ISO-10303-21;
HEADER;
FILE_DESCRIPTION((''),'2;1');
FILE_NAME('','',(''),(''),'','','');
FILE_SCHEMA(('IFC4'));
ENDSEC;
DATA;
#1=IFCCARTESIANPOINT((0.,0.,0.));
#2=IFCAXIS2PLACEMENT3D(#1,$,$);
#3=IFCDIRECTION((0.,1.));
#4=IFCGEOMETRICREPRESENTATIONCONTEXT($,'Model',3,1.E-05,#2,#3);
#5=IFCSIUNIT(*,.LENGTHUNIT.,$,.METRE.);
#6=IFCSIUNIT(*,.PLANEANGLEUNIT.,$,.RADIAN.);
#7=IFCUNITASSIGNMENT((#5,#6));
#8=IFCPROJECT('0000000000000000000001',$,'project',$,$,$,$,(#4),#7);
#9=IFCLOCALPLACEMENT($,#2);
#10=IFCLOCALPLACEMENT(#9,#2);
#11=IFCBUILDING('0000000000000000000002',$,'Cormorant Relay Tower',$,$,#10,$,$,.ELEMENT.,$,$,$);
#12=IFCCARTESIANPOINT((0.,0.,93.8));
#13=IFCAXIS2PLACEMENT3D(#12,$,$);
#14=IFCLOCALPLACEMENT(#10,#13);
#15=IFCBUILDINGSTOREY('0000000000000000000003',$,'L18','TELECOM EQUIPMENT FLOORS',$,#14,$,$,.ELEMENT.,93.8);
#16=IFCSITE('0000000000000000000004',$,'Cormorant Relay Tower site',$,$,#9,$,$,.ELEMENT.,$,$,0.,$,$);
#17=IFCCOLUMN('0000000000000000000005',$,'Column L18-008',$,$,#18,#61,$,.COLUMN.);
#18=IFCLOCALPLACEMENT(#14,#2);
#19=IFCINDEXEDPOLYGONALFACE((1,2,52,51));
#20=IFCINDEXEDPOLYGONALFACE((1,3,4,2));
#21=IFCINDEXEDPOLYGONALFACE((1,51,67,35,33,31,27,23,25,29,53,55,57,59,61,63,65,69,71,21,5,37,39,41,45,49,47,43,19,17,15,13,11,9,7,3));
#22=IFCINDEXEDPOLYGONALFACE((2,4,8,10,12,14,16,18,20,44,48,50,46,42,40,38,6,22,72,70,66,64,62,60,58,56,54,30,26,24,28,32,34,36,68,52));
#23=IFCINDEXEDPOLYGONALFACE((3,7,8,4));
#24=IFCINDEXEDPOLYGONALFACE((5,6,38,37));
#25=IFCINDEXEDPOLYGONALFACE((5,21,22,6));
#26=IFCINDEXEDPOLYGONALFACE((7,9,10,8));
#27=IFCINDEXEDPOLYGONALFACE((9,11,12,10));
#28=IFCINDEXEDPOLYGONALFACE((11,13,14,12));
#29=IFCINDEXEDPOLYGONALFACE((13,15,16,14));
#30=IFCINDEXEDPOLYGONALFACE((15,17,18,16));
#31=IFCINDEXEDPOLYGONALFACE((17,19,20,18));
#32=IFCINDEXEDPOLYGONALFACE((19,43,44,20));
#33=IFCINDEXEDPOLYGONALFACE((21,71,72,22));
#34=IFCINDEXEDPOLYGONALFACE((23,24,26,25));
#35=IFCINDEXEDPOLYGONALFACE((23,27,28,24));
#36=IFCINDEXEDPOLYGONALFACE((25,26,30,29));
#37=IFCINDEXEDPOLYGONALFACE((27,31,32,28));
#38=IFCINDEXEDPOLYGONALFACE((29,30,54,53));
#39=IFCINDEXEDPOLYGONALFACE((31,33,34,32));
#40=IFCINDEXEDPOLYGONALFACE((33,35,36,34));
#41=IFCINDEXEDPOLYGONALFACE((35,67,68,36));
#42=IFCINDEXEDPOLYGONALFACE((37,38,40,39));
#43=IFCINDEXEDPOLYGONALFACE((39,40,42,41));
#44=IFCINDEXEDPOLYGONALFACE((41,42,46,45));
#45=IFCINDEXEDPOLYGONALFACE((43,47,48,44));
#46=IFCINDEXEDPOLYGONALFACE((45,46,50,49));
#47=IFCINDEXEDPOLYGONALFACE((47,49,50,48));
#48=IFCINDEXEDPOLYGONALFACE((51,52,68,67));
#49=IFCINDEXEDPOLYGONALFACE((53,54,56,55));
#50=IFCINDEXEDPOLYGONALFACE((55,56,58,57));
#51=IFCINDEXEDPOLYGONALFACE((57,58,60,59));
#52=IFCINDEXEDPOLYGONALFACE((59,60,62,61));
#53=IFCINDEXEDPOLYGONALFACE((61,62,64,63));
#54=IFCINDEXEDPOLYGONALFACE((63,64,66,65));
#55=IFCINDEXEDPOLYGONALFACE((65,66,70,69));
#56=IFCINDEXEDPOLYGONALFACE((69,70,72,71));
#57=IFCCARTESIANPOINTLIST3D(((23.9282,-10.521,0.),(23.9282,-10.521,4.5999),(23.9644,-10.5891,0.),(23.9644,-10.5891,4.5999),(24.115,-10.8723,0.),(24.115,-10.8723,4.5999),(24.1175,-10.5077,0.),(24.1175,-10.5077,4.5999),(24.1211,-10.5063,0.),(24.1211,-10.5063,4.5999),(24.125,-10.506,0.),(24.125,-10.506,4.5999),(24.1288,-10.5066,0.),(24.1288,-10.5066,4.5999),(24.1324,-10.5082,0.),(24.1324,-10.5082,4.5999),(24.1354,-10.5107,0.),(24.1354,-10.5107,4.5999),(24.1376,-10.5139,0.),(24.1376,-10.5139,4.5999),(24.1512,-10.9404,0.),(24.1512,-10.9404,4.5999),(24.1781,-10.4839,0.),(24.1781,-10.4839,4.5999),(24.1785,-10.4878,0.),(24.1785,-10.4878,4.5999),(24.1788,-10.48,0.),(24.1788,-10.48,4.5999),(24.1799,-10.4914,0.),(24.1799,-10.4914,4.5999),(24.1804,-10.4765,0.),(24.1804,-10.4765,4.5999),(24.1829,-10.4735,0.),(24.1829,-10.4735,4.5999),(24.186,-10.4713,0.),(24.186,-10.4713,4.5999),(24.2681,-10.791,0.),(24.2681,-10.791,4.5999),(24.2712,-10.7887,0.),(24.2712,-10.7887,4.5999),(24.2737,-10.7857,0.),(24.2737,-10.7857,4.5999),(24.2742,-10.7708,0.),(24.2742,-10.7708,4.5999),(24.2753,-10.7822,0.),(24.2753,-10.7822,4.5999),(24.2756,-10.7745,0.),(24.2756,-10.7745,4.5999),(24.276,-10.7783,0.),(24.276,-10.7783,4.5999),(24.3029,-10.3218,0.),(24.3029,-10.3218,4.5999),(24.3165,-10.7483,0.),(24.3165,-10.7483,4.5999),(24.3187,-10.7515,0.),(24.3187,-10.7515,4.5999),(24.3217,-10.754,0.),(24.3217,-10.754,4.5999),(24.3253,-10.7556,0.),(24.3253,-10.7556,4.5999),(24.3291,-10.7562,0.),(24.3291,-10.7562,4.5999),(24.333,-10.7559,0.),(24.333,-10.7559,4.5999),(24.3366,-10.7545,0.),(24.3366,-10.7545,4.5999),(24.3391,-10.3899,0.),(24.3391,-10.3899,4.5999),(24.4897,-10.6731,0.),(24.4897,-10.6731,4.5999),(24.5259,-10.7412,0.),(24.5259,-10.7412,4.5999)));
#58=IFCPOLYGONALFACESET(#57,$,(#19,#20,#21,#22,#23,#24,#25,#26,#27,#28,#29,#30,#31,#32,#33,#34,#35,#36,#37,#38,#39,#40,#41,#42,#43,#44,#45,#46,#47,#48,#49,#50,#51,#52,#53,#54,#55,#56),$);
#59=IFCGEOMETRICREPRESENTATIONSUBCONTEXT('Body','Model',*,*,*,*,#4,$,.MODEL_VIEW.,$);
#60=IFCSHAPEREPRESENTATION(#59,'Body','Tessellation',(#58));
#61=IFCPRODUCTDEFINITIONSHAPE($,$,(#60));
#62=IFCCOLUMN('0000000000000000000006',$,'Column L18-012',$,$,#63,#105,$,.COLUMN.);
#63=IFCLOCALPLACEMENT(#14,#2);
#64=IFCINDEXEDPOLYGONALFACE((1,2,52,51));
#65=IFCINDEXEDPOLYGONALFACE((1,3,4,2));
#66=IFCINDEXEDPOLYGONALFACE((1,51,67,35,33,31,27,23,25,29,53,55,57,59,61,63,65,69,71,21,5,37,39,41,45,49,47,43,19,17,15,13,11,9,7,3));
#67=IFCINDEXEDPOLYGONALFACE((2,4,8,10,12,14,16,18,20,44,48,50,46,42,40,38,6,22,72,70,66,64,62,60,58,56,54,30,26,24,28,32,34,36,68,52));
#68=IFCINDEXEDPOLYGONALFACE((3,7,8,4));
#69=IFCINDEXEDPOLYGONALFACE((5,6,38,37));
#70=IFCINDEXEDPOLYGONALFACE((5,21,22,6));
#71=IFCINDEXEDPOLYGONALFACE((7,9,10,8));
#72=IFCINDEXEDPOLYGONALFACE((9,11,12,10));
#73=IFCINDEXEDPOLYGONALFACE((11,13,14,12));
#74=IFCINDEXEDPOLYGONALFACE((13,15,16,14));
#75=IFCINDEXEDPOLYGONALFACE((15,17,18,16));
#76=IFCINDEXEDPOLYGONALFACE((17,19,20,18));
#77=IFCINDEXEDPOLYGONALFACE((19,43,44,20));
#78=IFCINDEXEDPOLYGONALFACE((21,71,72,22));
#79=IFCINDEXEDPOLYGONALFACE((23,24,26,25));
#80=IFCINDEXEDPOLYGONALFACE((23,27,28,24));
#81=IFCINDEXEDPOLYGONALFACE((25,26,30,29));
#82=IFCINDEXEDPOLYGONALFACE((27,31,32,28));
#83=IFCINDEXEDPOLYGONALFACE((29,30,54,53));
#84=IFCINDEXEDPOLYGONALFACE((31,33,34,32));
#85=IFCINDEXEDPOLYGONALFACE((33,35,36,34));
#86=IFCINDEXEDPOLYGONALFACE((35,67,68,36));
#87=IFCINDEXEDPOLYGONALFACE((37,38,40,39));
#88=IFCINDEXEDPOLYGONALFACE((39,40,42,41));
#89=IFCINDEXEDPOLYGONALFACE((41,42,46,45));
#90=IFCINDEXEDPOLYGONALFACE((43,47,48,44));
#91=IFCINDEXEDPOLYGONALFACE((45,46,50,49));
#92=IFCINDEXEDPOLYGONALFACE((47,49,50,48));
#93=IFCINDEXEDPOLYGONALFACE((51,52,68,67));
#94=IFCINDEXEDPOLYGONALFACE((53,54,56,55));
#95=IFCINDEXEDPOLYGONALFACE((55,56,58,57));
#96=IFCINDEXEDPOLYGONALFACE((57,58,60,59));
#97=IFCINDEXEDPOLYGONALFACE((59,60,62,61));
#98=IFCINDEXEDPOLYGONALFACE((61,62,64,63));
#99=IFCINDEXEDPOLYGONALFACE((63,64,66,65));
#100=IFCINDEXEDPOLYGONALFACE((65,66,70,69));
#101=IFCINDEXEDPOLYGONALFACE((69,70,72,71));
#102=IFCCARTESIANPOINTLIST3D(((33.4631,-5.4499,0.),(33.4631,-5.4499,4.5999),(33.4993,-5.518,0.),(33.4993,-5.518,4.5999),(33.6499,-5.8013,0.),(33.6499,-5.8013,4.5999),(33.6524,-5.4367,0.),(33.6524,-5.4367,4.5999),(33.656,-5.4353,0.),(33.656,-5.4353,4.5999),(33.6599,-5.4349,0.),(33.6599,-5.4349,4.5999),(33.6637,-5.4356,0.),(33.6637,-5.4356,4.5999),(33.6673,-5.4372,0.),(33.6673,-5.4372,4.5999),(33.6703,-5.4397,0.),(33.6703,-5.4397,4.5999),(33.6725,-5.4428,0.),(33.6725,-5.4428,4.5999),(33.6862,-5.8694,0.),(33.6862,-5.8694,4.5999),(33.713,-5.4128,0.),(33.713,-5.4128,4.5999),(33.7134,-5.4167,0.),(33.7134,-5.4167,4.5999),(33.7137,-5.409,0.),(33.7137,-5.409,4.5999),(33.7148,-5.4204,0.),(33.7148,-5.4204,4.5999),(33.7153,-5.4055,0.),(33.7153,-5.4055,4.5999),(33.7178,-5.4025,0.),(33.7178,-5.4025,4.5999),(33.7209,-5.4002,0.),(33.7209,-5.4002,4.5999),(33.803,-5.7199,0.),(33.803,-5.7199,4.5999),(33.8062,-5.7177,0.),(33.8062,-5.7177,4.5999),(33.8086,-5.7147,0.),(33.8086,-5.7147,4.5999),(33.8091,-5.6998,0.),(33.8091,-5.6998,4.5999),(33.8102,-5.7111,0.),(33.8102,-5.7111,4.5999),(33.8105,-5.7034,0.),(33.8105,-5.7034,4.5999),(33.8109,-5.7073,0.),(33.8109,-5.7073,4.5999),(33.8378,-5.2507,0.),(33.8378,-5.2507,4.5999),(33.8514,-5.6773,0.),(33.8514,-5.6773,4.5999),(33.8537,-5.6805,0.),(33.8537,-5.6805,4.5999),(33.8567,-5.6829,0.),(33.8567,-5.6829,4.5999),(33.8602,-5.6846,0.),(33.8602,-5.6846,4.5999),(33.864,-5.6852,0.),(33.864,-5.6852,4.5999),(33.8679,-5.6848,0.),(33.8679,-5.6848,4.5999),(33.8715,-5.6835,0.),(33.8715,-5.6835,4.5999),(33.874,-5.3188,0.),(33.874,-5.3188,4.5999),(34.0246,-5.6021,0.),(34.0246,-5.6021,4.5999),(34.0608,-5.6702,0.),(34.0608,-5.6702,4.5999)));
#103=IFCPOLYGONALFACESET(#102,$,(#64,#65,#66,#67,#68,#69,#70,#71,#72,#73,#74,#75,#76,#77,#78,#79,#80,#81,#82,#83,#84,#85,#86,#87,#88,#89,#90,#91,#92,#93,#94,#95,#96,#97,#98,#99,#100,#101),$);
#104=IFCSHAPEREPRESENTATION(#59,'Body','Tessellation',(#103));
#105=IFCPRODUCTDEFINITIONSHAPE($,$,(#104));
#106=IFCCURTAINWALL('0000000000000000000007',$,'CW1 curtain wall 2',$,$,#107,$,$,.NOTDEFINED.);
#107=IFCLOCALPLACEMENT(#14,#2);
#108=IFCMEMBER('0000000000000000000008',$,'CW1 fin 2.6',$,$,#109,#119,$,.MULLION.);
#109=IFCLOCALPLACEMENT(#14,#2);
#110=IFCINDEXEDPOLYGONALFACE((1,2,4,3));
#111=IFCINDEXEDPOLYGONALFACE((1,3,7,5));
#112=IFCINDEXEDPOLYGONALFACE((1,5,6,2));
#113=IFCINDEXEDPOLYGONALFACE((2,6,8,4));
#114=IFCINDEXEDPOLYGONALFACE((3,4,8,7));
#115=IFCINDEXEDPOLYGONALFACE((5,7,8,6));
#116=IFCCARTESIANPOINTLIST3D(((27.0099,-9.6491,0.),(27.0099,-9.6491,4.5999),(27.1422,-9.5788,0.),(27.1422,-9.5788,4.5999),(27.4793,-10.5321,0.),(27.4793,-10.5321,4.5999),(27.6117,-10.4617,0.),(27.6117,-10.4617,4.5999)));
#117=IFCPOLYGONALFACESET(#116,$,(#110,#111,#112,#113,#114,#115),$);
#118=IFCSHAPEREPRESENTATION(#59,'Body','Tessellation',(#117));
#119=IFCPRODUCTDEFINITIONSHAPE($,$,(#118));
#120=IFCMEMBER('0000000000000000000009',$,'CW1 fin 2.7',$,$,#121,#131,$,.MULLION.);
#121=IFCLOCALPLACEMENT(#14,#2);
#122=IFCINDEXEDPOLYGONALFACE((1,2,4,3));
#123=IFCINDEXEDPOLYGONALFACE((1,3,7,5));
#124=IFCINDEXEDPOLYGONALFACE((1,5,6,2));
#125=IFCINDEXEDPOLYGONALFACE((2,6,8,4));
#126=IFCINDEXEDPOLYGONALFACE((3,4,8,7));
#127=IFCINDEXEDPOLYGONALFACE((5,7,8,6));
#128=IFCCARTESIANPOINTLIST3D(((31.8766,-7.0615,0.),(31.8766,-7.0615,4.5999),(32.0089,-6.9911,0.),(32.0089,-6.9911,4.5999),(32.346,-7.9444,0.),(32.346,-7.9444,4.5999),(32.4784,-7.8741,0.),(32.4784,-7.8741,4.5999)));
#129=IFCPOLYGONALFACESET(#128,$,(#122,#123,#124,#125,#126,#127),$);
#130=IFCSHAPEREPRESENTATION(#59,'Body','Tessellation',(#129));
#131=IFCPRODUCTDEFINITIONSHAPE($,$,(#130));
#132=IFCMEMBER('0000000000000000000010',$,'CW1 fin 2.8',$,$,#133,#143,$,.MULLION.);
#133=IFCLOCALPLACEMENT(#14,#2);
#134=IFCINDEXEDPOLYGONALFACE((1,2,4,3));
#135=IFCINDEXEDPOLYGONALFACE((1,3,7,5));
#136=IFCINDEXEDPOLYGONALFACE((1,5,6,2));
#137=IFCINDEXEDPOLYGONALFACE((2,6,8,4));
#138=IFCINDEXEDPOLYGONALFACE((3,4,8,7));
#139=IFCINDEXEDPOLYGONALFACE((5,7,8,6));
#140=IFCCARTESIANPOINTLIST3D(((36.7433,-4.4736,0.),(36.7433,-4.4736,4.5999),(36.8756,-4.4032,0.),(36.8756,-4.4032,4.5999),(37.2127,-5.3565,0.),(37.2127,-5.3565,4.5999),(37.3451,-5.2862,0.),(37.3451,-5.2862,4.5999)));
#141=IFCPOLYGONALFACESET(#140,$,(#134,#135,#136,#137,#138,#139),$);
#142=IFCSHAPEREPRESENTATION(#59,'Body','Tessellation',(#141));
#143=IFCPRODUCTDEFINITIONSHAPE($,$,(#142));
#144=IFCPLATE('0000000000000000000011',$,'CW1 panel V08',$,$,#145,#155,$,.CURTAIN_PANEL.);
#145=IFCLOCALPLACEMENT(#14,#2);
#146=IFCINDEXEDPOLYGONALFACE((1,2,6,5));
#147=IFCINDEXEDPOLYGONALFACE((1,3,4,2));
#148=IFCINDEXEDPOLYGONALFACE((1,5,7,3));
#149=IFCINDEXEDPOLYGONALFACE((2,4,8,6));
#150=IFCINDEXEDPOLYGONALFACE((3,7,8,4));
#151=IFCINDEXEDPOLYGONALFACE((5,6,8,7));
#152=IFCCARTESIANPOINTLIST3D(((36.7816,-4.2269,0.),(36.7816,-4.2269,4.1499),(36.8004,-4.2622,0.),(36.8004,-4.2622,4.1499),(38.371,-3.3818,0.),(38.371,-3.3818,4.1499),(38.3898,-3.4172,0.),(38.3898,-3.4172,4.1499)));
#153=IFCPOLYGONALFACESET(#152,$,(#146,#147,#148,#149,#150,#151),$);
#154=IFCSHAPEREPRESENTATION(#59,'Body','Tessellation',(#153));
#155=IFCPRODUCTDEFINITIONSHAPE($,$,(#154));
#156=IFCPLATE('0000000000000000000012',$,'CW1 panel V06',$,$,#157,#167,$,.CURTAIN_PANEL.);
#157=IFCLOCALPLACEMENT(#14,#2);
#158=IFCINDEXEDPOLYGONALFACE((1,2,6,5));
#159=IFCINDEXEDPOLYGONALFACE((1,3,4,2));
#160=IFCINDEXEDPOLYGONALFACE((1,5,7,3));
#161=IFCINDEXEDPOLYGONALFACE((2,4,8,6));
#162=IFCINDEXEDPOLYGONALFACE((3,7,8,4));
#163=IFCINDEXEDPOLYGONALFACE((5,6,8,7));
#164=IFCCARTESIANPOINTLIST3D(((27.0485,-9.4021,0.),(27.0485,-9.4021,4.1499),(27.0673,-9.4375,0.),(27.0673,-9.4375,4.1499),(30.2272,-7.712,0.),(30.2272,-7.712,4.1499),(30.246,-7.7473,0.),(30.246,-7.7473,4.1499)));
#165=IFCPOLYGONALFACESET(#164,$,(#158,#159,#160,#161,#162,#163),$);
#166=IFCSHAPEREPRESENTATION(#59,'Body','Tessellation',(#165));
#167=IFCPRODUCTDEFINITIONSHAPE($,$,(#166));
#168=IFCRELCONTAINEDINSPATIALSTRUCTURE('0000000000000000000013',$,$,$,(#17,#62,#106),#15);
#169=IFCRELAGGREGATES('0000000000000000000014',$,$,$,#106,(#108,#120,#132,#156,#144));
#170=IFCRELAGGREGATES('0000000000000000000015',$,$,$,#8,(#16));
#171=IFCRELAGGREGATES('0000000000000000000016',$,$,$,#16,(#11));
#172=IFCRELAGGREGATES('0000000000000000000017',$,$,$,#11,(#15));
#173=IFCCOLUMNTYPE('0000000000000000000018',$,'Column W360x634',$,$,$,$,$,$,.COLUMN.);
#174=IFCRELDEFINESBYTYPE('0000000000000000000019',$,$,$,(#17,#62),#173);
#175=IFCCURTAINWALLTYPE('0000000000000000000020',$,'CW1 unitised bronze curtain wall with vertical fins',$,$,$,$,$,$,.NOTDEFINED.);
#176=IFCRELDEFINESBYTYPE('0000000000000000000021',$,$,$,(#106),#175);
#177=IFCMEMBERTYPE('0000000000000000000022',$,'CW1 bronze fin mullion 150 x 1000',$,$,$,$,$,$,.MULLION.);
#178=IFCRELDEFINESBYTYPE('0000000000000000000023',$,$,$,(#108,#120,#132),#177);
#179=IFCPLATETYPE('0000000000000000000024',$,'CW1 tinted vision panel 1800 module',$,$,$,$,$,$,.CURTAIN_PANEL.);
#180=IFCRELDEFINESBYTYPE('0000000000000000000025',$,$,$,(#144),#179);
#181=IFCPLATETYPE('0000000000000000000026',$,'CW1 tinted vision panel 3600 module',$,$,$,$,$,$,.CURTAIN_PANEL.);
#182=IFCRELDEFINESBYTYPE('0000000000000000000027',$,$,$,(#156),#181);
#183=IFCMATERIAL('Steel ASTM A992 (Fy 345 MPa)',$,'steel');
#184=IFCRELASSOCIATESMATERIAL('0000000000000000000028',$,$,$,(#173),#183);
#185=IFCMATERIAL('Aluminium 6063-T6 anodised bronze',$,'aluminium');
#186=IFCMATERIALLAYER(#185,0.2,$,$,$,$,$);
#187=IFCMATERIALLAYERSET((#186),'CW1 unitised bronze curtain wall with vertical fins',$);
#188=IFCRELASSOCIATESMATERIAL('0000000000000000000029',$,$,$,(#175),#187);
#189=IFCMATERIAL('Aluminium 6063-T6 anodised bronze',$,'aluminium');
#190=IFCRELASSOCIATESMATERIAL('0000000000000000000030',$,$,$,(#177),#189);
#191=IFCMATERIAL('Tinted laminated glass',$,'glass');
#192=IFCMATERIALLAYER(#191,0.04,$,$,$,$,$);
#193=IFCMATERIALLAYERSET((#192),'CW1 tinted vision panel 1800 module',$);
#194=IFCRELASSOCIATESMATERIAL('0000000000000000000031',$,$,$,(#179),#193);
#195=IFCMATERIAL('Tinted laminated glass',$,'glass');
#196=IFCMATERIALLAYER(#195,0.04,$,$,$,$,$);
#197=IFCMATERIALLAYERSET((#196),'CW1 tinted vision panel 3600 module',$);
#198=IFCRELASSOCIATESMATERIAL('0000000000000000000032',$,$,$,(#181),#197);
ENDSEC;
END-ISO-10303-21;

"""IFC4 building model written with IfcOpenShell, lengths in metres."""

from ifc_helpers import new_model, si_unit, direction, frame, origin, origin_2d, place, context, subcontext, project, spatial, rectangle, i_section, extrude, material, layer, layer_set, material_profile, profile_set, type_object, element, aggregate, save


model = new_model("IFC4")

# Units and contexts
model_context = context("Model", 3, precision=1e-05, world=origin(), true_north=direction((0.0, 1.0)))
body_context = subcontext(model_context, "Body", "Model", "MODEL_VIEW")
ifc_project = project(units=[si_unit("LENGTHUNIT", "METRE"), si_unit("PLANEANGLEUNIT", "RADIAN")], contexts=[model_context])

# Site, building, storey
site_placement = place(None, origin())
site = spatial("IfcSite", under=ifc_project, at=site_placement, Name="Cormorant Relay Tower site", CompositionType="ELEMENT", RefElevation=0.0)
building_placement = place(site_placement, origin())
building = spatial("IfcBuilding", under=site, at=building_placement, Name="Cormorant Relay Tower", CompositionType="ELEMENT")
storey_placement = place(building_placement, frame((0.0, 0.0, 93.8)))
storey = spatial("IfcBuildingStorey", under=building, at=storey_placement, Name="L18", Description="TELECOM EQUIPMENT FLOORS", CompositionType="ELEMENT", Elevation=93.8)

# Columns
ifc_material_1 = material(Name="Steel ASTM A992 (Fy 345 MPa)", Category="steel")
ifc_material_profile_1 = material_profile(ifc_material_1, i_section(OverallWidth=0.4243, OverallDepth=0.4751, WebThickness=0.0479, FlangeThickness=0.0771, FilletRadius=0.0149, at=origin_2d()), Name="W360x634")
ifc_profile_set_1 = profile_set([ifc_material_profile_1], Name="Steel ASTM A992 (Fy 345 MPa)")
column_type = type_object("IfcColumnType", Name="Column W360x634", PredefinedType="COLUMN", material=ifc_profile_set_1)
for number, where, z_axis, x_axis, name in (
    (1, (24.2271, -10.6311, 0.0), (0.0, 0.0, 1.0), (0.882948, 0.469472, 0.0), "Column L18-008"),
    (2, (33.762, -5.5601, 0.0), (0.0, 0.0, 1.0), (0.882948, 0.469472, 0.0), "Column L18-012"),
):
    element("IfcColumn", number, at=place(storey_placement, frame(where, z_axis=z_axis, x_axis=x_axis)), inside=storey, type_object=column_type, Name=name, PredefinedType="COLUMN", context=body_context, shape_type="SweptSolid", body=[
        extrude(i_section(OverallWidth=0.4243, OverallDepth=0.4751, WebThickness=0.0479, FlangeThickness=0.0771, FilletRadius=0.0149, at=origin_2d()), origin(), (0.0, 0.0, 1.0), 4.5999),
    ])

# Curtain wall, members, plates
ifc_material_2 = material(Name="Aluminium 6063-T6 anodised bronze", Category="aluminium")
ifc_layer_1 = layer(ifc_material_2, 0.2)
ifc_layer_set_1 = layer_set([ifc_layer_1], Name="CW1 unitised bronze curtain wall with vertical fins")
curtain_wall_type = type_object("IfcCurtainWallType", Name="CW1 unitised bronze curtain wall with vertical fins", PredefinedType="NOTDEFINED", material=ifc_layer_set_1)
curtain_wall_placement = place(storey_placement, origin())
curtain_wall = element("IfcCurtainWall", 3, at=curtain_wall_placement, inside=storey, type_object=curtain_wall_type, Name="CW1 curtain wall 2", PredefinedType="NOTDEFINED")
ifc_material_3 = material(Name="Aluminium 6063-T6 anodised bronze", Category="aluminium")
ifc_material_profile_2 = material_profile(ifc_material_3, rectangle(XDim=0.1499, YDim=1.0, at=origin_2d()), Name="AL 150x1000")
ifc_profile_set_2 = profile_set([ifc_material_profile_2], Name="Aluminium 6063-T6 anodised bronze")
member_type = type_object("IfcMemberType", Name="CW1 bronze fin mullion 150 x 1000", PredefinedType="MULLION", material=ifc_profile_set_2)
member_1_placement = place(storey_placement, frame((27.3108, -10.0554, 0.0), z_axis=(0.0, 0.0, 1.0), x_axis=(0.882948, 0.469472, 0.0)))
member_1 = element("IfcMember", 4, at=member_1_placement, type_object=member_type, Name="CW1 fin 2.6", PredefinedType="MULLION", context=body_context, shape_type="SweptSolid", body=[
    extrude(rectangle(XDim=0.1499, YDim=1.0, at=origin_2d()), origin(), (0.0, 0.0, 1.0), 4.5999),
])
member_2_placement = place(storey_placement, frame((32.1775, -7.4678, 0.0), z_axis=(0.0, 0.0, 1.0), x_axis=(0.882948, 0.469472, 0.0)))
member_2 = element("IfcMember", 5, at=member_2_placement, type_object=member_type, Name="CW1 fin 2.7", PredefinedType="MULLION", context=body_context, shape_type="SweptSolid", body=[
    extrude(rectangle(XDim=0.1499, YDim=1.0, at=origin_2d()), origin(), (0.0, 0.0, 1.0), 4.5999),
])
member_3_placement = place(storey_placement, frame((37.0442, -4.8799, 0.0), z_axis=(0.0, 0.0, 1.0), x_axis=(0.882948, 0.469472, 0.0)))
member_3 = element("IfcMember", 6, at=member_3_placement, type_object=member_type, Name="CW1 fin 2.8", PredefinedType="MULLION", context=body_context, shape_type="SweptSolid", body=[
    extrude(rectangle(XDim=0.1499, YDim=1.0, at=origin_2d()), origin(), (0.0, 0.0, 1.0), 4.5999),
])
ifc_material_4 = material(Name="Tinted laminated glass", Category="glass")
ifc_layer_2 = layer(ifc_material_4, 0.04)
ifc_layer_set_2 = layer_set([ifc_layer_2], Name="CW1 tinted vision panel 1800 module")
plate_type_1 = type_object("IfcPlateType", Name="CW1 tinted vision panel 1800 module", PredefinedType="CURTAIN_PANEL", material=ifc_layer_set_2)
plate_1_placement = place(storey_placement, frame((37.5857, -3.822, 0.0), z_axis=(0.0, 0.0, 1.0), x_axis=(0.882948, 0.469472, 0.0)))
plate_1 = element("IfcPlate", 7, at=plate_1_placement, type_object=plate_type_1, Name="CW1 panel V08", PredefinedType="CURTAIN_PANEL", context=body_context, shape_type="SweptSolid", body=[
    extrude(rectangle(XDim=1.8, YDim=0.04, at=origin_2d()), origin(), (0.0, 0.0, 1.0), 4.1499),
])
ifc_material_5 = material(Name="Tinted laminated glass", Category="glass")
ifc_layer_3 = layer(ifc_material_5, 0.04)
ifc_layer_set_3 = layer_set([ifc_layer_3], Name="CW1 tinted vision panel 3600 module")
plate_type_2 = type_object("IfcPlateType", Name="CW1 tinted vision panel 3600 module", PredefinedType="CURTAIN_PANEL", material=ifc_layer_set_3)
plate_2_placement = place(storey_placement, frame((28.6472, -8.5747, 0.0), z_axis=(0.0, 0.0, 1.0), x_axis=(0.882948, 0.469472, 0.0)))
plate_2 = element("IfcPlate", 8, at=plate_2_placement, type_object=plate_type_2, Name="CW1 panel V06", PredefinedType="CURTAIN_PANEL", context=body_context, shape_type="SweptSolid", body=[
    extrude(rectangle(XDim=3.6001, YDim=0.04, at=origin_2d()), origin(), (0.0, 0.0, 1.0), 4.1499),
])

aggregate(curtain_wall, [member_1, member_2, member_3, plate_2, plate_1])

save(model, "model.ifc")
